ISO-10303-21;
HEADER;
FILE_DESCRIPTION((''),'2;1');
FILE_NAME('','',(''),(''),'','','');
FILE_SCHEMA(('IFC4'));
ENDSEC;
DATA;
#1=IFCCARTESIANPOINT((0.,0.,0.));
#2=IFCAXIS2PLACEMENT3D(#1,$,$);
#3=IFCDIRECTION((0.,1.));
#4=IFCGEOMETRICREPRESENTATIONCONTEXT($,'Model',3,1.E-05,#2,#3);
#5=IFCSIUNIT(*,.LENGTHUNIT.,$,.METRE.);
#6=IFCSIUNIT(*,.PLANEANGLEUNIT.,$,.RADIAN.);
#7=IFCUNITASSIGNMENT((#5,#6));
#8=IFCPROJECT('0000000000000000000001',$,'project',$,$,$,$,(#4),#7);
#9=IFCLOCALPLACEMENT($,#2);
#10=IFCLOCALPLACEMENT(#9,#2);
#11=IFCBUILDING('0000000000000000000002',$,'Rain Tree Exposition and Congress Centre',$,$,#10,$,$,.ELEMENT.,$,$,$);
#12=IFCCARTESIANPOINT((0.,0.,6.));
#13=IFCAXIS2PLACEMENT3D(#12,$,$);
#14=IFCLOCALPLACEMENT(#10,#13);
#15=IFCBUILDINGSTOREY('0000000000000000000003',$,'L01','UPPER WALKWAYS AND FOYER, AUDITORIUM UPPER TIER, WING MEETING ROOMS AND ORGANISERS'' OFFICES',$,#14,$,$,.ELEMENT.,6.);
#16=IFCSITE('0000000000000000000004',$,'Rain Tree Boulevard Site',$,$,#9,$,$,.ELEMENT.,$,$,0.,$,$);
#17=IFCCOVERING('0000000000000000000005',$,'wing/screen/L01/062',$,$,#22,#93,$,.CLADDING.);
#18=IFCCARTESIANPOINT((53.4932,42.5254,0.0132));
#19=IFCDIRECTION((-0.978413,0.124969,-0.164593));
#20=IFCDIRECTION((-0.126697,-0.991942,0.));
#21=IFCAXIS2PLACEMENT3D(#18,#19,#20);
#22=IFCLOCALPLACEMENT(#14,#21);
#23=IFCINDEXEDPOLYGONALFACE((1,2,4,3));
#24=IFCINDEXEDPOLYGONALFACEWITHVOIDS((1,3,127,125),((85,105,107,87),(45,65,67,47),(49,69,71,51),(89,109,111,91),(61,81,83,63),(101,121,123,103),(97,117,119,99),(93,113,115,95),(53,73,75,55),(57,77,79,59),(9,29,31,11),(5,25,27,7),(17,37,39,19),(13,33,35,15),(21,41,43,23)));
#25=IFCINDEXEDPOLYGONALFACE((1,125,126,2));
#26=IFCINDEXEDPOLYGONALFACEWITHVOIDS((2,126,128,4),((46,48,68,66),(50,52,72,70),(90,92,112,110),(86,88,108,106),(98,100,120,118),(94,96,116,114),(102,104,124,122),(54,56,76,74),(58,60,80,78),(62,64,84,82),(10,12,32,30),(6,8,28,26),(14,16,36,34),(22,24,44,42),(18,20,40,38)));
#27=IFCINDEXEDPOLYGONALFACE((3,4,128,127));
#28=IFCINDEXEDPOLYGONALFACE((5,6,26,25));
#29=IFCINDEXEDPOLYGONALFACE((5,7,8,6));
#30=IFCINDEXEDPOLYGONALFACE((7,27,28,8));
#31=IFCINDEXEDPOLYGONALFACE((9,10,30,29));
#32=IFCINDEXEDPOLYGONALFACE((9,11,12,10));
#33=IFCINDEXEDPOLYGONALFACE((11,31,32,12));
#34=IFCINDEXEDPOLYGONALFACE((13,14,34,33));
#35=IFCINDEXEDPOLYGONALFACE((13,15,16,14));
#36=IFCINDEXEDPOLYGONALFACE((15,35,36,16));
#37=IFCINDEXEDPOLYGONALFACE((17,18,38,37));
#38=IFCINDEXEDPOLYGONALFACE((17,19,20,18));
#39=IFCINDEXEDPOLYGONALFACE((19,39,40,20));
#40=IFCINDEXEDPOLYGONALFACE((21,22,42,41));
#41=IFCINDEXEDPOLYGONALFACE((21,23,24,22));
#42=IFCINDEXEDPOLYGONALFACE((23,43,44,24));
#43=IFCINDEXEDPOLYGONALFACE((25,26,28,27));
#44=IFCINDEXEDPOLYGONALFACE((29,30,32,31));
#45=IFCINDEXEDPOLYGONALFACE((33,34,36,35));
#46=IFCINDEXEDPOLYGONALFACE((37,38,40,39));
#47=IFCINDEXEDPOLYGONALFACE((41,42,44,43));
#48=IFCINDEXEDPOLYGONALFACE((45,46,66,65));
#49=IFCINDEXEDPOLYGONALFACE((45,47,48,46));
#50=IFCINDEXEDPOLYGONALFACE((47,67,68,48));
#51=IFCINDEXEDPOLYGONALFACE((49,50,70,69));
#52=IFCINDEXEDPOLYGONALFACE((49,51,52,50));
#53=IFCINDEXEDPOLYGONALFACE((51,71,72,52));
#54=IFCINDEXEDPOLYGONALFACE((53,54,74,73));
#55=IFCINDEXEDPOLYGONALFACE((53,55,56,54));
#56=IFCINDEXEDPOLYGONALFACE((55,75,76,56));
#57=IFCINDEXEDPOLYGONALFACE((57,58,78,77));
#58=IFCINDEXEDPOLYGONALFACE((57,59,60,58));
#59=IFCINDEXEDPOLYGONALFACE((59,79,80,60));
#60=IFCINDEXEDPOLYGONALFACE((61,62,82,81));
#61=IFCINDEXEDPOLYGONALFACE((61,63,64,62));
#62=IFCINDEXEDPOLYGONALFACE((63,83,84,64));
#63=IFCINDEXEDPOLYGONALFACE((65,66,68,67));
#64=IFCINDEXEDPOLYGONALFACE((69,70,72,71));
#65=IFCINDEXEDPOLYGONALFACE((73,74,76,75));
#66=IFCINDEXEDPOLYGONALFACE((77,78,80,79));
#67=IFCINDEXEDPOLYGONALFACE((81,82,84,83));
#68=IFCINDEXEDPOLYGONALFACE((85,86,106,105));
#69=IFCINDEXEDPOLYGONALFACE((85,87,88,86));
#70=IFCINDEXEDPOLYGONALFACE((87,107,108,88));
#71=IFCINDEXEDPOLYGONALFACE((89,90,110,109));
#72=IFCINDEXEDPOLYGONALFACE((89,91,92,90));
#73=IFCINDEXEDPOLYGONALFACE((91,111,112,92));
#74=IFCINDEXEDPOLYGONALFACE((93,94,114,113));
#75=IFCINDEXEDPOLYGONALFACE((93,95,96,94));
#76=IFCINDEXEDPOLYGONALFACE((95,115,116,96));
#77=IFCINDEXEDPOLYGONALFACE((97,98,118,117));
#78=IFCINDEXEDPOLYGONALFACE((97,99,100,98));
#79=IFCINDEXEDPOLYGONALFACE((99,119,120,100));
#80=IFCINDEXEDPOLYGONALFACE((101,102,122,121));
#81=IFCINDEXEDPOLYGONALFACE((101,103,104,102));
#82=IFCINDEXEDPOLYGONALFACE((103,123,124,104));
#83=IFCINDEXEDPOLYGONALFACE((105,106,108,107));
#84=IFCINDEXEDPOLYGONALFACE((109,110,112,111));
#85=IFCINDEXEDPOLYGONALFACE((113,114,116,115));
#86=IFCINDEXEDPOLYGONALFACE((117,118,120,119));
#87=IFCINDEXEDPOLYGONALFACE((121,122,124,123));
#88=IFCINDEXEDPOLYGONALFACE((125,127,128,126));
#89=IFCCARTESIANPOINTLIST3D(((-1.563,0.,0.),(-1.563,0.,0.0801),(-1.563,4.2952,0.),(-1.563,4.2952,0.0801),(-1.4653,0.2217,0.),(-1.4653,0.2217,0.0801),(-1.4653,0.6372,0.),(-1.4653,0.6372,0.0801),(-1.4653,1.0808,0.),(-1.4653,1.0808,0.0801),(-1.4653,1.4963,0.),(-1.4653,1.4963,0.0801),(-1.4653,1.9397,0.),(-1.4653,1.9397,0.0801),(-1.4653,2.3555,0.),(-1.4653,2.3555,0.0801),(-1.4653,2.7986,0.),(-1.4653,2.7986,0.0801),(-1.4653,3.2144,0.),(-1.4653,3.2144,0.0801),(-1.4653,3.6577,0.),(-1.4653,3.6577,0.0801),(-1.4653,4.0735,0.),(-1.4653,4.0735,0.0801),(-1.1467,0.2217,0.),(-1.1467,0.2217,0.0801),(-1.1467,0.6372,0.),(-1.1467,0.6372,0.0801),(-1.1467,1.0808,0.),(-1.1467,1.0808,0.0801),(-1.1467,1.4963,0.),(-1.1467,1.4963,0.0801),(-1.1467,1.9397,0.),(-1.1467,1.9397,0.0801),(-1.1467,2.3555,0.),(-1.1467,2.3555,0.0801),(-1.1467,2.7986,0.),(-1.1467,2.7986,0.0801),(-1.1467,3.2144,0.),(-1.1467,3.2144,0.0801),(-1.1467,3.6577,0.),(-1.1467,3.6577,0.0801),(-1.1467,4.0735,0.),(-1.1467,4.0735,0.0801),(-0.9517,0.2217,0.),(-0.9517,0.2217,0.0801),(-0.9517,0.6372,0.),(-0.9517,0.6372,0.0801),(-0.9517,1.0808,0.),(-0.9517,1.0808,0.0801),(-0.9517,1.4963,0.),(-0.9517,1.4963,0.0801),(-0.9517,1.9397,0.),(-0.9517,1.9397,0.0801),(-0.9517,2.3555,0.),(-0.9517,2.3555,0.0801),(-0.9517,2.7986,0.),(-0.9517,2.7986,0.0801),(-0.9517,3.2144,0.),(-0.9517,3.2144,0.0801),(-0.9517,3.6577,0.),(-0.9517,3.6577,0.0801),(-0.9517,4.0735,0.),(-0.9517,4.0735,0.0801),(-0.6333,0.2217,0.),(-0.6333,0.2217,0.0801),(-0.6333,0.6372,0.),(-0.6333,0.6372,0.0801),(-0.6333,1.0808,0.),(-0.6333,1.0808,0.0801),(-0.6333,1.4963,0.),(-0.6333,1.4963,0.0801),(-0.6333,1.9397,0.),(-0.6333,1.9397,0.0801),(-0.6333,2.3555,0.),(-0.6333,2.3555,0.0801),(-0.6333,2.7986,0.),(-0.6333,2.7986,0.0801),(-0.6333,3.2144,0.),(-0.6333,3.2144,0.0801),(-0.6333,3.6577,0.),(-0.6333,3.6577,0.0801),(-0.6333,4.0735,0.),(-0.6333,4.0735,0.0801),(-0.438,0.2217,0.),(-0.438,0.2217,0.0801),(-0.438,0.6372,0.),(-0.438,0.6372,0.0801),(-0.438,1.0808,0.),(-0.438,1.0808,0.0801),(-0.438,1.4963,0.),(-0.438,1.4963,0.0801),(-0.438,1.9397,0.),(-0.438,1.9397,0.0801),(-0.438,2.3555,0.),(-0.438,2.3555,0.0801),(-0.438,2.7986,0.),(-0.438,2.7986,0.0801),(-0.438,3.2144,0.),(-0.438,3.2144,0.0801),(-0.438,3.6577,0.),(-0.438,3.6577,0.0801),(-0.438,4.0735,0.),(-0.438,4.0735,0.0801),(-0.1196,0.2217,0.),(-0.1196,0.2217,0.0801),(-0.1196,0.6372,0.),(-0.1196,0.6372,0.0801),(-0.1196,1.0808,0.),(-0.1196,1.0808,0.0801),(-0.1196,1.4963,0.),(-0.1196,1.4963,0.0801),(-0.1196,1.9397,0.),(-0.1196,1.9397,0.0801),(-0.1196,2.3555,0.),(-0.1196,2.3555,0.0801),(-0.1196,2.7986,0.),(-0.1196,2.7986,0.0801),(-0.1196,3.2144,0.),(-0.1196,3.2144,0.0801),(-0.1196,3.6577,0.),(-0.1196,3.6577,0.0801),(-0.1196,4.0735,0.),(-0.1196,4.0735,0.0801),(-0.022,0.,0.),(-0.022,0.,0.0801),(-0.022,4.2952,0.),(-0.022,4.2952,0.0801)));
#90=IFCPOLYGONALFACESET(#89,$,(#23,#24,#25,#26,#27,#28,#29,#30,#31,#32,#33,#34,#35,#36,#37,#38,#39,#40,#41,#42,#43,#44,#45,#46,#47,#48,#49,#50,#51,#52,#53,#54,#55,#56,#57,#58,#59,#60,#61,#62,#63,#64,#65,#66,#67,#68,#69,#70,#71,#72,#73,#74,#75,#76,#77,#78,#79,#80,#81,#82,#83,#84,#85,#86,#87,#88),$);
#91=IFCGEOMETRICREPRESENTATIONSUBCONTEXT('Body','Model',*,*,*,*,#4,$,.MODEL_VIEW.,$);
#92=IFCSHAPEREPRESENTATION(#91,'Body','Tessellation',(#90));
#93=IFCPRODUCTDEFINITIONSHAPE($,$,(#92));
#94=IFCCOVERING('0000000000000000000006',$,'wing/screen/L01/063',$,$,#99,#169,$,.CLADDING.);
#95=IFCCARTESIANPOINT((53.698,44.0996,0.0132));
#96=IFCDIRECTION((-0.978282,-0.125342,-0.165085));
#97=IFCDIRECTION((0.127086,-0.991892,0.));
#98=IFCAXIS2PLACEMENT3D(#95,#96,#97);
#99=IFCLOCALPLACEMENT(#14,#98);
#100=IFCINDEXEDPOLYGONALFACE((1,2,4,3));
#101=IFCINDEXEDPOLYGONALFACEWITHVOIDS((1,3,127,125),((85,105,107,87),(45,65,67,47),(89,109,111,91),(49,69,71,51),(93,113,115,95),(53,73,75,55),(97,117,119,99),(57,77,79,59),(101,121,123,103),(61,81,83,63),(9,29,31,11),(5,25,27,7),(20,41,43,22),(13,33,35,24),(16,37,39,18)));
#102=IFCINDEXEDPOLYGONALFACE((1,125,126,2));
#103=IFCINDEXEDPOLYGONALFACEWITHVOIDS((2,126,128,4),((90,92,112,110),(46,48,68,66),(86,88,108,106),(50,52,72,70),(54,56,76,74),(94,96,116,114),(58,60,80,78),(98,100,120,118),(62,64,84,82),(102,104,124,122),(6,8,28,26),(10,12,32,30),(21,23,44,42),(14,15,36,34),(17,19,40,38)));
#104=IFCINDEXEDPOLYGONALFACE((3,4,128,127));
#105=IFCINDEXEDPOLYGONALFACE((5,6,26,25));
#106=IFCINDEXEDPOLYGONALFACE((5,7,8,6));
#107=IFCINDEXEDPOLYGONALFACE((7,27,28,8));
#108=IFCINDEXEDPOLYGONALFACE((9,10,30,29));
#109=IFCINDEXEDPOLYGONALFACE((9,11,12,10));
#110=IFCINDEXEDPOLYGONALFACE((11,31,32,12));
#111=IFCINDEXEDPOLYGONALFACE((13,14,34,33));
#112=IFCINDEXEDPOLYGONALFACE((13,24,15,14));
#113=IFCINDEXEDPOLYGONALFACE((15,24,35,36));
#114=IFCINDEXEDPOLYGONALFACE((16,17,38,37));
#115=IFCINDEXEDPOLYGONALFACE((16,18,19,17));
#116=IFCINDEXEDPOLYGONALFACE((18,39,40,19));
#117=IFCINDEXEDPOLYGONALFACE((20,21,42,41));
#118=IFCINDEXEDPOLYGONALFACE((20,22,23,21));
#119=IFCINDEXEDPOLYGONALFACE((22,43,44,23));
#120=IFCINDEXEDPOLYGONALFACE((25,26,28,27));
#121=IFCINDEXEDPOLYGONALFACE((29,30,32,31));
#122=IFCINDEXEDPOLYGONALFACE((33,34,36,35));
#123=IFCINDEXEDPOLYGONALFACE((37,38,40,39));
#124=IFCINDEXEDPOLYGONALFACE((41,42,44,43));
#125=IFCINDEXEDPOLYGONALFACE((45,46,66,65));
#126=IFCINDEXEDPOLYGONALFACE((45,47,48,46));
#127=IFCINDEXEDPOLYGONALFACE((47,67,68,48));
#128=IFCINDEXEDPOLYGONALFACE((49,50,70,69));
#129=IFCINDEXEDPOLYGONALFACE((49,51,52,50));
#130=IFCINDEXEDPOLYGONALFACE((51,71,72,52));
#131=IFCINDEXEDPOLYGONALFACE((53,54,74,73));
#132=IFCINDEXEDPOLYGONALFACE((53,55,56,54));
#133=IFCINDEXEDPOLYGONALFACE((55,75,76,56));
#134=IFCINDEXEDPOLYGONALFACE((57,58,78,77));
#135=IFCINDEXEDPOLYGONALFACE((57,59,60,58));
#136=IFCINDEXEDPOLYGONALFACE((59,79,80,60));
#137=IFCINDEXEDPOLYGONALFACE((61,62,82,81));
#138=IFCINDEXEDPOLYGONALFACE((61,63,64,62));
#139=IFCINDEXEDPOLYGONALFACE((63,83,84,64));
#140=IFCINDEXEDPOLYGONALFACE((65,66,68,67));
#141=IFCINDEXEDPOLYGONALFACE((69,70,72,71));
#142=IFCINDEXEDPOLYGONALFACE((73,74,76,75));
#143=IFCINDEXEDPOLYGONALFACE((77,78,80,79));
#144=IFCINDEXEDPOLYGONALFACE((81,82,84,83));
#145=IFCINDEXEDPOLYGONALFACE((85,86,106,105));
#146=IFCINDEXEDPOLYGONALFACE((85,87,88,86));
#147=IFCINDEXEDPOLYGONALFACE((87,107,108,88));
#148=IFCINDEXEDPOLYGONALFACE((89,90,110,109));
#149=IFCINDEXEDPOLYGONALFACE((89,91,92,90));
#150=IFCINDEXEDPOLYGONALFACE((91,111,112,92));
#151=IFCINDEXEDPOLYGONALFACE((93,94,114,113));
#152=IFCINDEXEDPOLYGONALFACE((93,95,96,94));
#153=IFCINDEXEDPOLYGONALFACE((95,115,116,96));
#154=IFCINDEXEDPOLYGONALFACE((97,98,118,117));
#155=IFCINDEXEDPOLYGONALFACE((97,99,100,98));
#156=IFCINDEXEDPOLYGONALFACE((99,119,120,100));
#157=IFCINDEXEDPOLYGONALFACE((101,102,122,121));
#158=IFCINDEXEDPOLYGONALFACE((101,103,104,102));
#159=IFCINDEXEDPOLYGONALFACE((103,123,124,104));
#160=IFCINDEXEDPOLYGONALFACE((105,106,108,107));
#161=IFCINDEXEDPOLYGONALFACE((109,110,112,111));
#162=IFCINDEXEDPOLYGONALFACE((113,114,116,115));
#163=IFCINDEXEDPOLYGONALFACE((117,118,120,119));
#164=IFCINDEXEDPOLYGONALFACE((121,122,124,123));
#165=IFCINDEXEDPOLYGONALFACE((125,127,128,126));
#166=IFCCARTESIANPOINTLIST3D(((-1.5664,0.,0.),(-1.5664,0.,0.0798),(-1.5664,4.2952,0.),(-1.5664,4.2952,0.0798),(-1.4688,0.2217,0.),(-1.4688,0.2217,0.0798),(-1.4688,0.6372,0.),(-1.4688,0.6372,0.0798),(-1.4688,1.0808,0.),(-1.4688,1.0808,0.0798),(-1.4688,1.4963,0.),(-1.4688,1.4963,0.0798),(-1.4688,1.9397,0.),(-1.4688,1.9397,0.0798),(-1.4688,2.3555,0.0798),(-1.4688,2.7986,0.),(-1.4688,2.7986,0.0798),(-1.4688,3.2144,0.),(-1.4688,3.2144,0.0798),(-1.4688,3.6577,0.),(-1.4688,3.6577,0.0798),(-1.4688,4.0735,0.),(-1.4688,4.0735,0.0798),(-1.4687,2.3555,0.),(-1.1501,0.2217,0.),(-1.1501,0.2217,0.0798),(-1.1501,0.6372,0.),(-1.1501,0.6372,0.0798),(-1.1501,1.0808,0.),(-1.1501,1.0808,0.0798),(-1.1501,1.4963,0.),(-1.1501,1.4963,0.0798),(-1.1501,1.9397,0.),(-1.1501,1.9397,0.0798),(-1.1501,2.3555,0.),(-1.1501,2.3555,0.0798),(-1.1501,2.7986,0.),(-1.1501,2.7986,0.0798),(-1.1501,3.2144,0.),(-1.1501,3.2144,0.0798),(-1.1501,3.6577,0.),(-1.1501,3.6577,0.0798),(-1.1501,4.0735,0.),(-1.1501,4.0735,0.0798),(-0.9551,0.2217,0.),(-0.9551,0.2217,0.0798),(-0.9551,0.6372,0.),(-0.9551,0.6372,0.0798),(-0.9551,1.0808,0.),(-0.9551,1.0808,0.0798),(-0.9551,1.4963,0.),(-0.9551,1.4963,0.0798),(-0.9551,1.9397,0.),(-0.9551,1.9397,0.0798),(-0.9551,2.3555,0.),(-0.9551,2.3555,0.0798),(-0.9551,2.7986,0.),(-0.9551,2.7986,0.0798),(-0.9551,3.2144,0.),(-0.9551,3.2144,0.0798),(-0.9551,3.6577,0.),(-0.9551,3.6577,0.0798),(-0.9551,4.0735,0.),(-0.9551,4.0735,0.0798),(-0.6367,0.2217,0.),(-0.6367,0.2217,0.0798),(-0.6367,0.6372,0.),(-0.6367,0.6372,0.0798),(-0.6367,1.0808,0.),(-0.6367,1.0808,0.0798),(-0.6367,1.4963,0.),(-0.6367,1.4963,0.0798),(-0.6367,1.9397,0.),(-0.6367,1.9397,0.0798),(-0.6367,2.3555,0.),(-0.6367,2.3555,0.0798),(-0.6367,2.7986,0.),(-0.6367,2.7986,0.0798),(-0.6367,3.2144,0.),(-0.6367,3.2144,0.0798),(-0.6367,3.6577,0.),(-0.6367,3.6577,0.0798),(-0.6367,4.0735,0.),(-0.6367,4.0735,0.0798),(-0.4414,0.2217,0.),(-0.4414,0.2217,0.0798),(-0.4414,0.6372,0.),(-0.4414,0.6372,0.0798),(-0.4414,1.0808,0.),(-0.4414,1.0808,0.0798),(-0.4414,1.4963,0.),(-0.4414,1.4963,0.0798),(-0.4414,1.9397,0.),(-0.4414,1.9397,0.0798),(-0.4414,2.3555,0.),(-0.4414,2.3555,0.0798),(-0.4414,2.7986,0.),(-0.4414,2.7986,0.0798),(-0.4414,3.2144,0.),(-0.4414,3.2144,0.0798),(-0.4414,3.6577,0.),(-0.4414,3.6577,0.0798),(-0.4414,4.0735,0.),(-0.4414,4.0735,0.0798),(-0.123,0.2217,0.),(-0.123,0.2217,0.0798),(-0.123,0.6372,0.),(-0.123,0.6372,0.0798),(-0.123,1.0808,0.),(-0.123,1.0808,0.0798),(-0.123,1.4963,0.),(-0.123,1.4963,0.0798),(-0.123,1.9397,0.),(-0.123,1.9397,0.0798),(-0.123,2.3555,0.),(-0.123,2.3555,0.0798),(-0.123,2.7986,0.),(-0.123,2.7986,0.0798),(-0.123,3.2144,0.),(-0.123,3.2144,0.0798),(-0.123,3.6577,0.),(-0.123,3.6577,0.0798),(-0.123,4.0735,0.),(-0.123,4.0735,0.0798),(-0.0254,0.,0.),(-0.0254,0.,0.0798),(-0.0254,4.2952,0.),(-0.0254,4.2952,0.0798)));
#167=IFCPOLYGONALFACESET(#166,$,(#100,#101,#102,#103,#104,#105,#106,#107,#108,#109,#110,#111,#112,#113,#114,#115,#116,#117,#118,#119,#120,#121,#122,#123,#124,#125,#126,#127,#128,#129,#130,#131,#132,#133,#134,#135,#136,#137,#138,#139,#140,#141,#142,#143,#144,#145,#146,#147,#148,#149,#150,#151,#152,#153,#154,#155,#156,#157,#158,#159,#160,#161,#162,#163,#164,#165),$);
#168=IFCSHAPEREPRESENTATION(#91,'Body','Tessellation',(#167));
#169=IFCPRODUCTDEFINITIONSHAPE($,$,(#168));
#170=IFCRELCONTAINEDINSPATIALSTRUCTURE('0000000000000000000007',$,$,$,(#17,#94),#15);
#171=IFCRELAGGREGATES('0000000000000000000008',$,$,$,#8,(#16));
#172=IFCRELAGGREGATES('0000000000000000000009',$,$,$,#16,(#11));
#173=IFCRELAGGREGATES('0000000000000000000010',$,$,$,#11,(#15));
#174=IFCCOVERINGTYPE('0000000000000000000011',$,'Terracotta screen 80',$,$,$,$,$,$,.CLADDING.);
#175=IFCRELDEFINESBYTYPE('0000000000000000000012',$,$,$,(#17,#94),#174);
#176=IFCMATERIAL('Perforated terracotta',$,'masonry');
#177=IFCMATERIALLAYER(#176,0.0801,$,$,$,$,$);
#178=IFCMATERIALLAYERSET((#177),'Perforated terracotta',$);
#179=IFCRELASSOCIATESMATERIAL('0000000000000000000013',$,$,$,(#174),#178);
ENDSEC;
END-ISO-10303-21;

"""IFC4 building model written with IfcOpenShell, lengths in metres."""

from ifc_helpers import new_model, si_unit, direction, frame, origin, place, context, subcontext, project, spatial, polyline, outline, extrude, material, layer, layer_set, type_object, element, save


model = new_model("IFC4")

# Units and contexts
model_context = context("Model", 3, precision=1e-05, world=origin(), true_north=direction((0.0, 1.0)))
body_context = subcontext(model_context, "Body", "Model", "MODEL_VIEW")
ifc_project = project(units=[si_unit("LENGTHUNIT", "METRE"), si_unit("PLANEANGLEUNIT", "RADIAN")], contexts=[model_context])

# Site, building, storey
site_placement = place(None, origin())
site = spatial("IfcSite", under=ifc_project, at=site_placement, Name="Rain Tree Boulevard Site", CompositionType="ELEMENT", RefElevation=0.0)
building_placement = place(site_placement, origin())
building = spatial("IfcBuilding", under=site, at=building_placement, Name="Rain Tree Exposition and Congress Centre", CompositionType="ELEMENT")
storey_placement = place(building_placement, frame((0.0, 0.0, 6.0)))
storey = spatial("IfcBuildingStorey", under=building, at=storey_placement, Name="L01", Description="UPPER WALKWAYS AND FOYER, AUDITORIUM UPPER TIER, WING MEETING ROOMS AND ORGANISERS' OFFICES", CompositionType="ELEMENT", Elevation=6.0)

# Coverings
ifc_material_1 = material(Name="Perforated terracotta", Category="masonry")
ifc_layer = layer(ifc_material_1, 0.0801)
ifc_layer_set = layer_set([ifc_layer], Name="Perforated terracotta")
covering_type = type_object("IfcCoveringType", Name="Terracotta screen 80", PredefinedType="CLADDING", material=ifc_layer_set)
covering_1_placement = place(storey_placement, frame((53.4932, 42.5254, 0.0132), z_axis=(-0.978413, 0.124969, -0.164593), x_axis=(-0.126697, -0.991942, 0.0)))
element("IfcCovering", 1, at=covering_1_placement, inside=storey, type_object=covering_type, Name="wing/screen/L01/062", PredefinedType="CLADDING", context=body_context, shape_type="SweptSolid", body=[
    extrude(outline(polyline([(-1.563, 0.0), (-1.563, 4.2952), (-0.022, 4.2952), (-0.022, 0.0), (-1.563, 0.0)]), holes=[polyline([(-0.1196, 0.2217), (-0.1196, 0.6372), (-0.438, 0.6372), (-0.438, 0.2217), (-0.1196, 0.2217)]), polyline([(-0.1196, 1.0808), (-0.1196, 1.4963), (-0.438, 1.4963), (-0.438, 1.0808), (-0.1196, 1.0808)]), polyline([(-0.1196, 1.9397), (-0.1196, 2.3555), (-0.438, 2.3555), (-0.438, 1.9397), (-0.1196, 1.9397)]), polyline([(-0.1196, 2.7986), (-0.1196, 3.2144), (-0.438, 3.2144), (-0.438, 2.7986), (-0.1196, 2.7986)]), polyline([(-0.1196, 3.6577), (-0.1196, 4.0735), (-0.438, 4.0735), (-0.438, 3.6577), (-0.1196, 3.6577)]), polyline([(-0.6333, 0.2217), (-0.6333, 0.6372), (-0.9517, 0.6372), (-0.9517, 0.2217), (-0.6333, 0.2217)]), polyline([(-0.6333, 1.0808), (-0.6333, 1.4963), (-0.9517, 1.4963), (-0.9517, 1.0808), (-0.6333, 1.0808)]), polyline([(-0.6333, 1.9397), (-0.6333, 2.3555), (-0.9517, 2.3555), (-0.9517, 1.9397), (-0.6333, 1.9397)]), polyline([(-0.6333, 2.7986), (-0.6333, 3.2144), (-0.9517, 3.2144), (-0.9517, 2.7986), (-0.6333, 2.7986)]), polyline([(-0.6333, 3.6577), (-0.6333, 4.0735), (-0.9517, 4.0735), (-0.9517, 3.6577), (-0.6333, 3.6577)]), polyline([(-1.1467, 0.2217), (-1.1467, 0.6372), (-1.4653, 0.6372), (-1.4653, 0.2217), (-1.1467, 0.2217)]), polyline([(-1.1467, 1.0808), (-1.1467, 1.4963), (-1.4653, 1.4963), (-1.4653, 1.0808), (-1.1467, 1.0808)]), polyline([(-1.1467, 1.9397), (-1.1467, 2.3555), (-1.4653, 2.3555), (-1.4653, 1.9397), (-1.1467, 1.9397)]), polyline([(-1.1467, 2.7986), (-1.1467, 3.2144), (-1.4653, 3.2144), (-1.4653, 2.7986), (-1.1467, 2.7986)]), polyline([(-1.1467, 3.6577), (-1.1467, 4.0735), (-1.4653, 4.0735), (-1.4653, 3.6577), (-1.1467, 3.6577)])]), origin(), (0.0, 0.0, 1.0), 0.0801),
])
covering_2_placement = place(storey_placement, frame((53.698, 44.0996, 0.0132), z_axis=(-0.978282, -0.125342, -0.165085), x_axis=(0.127086, -0.991892, 0.0)))
element("IfcCovering", 2, at=covering_2_placement, inside=storey, type_object=covering_type, Name="wing/screen/L01/063", PredefinedType="CLADDING", context=body_context, shape_type="SweptSolid", body=[
    extrude(outline(polyline([(-1.5664, 0.0), (-1.5664, 4.2952), (-0.0254, 4.2952), (-0.0254, 0.0), (-1.5664, 0.0)]), holes=[polyline([(-0.123, 0.2217), (-0.123, 0.6372), (-0.4414, 0.6372), (-0.4414, 0.2217), (-0.123, 0.2217)]), polyline([(-0.123, 1.0808), (-0.123, 1.4963), (-0.4414, 1.4963), (-0.4414, 1.0808), (-0.123, 1.0808)]), polyline([(-0.123, 1.9397), (-0.123, 2.3555), (-0.4414, 2.3555), (-0.4414, 1.9397), (-0.123, 1.9397)]), polyline([(-0.123, 2.7986), (-0.123, 3.2144), (-0.4414, 3.2144), (-0.4414, 2.7986), (-0.123, 2.7986)]), polyline([(-0.123, 3.6577), (-0.123, 4.0735), (-0.4414, 4.0735), (-0.4414, 3.6577), (-0.123, 3.6577)]), polyline([(-0.6367, 0.2217), (-0.6367, 0.6372), (-0.9551, 0.6372), (-0.9551, 0.2217), (-0.6367, 0.2217)]), polyline([(-0.6367, 1.0808), (-0.6367, 1.4963), (-0.9551, 1.4963), (-0.9551, 1.0808), (-0.6367, 1.0808)]), polyline([(-0.6367, 1.9397), (-0.6367, 2.3555), (-0.9551, 2.3555), (-0.9551, 1.9397), (-0.6367, 1.9397)]), polyline([(-0.6367, 2.7986), (-0.6367, 3.2144), (-0.9551, 3.2144), (-0.9551, 2.7986), (-0.6367, 2.7986)]), polyline([(-0.6367, 3.6577), (-0.6367, 4.0735), (-0.9551, 4.0735), (-0.9551, 3.6577), (-0.6367, 3.6577)]), polyline([(-1.1501, 0.2217), (-1.1501, 0.6372), (-1.4688, 0.6372), (-1.4688, 0.2217), (-1.1501, 0.2217)]), polyline([(-1.1501, 1.0808), (-1.1501, 1.4963), (-1.4688, 1.4963), (-1.4688, 1.0808), (-1.1501, 1.0808)]), polyline([(-1.1501, 1.9397), (-1.1501, 2.3555), (-1.4688, 2.3555), (-1.4688, 1.9397), (-1.1501, 1.9397)]), polyline([(-1.1501, 2.7986), (-1.1501, 3.2144), (-1.4688, 3.2144), (-1.4688, 2.7986), (-1.1501, 2.7986)]), polyline([(-1.1501, 3.6577), (-1.1501, 4.0735), (-1.4688, 4.0735), (-1.4688, 3.6577), (-1.1501, 3.6577)])]), origin(), (0.0, 0.0, 1.0), 0.0798),
])

save(model, "model.ifc")
